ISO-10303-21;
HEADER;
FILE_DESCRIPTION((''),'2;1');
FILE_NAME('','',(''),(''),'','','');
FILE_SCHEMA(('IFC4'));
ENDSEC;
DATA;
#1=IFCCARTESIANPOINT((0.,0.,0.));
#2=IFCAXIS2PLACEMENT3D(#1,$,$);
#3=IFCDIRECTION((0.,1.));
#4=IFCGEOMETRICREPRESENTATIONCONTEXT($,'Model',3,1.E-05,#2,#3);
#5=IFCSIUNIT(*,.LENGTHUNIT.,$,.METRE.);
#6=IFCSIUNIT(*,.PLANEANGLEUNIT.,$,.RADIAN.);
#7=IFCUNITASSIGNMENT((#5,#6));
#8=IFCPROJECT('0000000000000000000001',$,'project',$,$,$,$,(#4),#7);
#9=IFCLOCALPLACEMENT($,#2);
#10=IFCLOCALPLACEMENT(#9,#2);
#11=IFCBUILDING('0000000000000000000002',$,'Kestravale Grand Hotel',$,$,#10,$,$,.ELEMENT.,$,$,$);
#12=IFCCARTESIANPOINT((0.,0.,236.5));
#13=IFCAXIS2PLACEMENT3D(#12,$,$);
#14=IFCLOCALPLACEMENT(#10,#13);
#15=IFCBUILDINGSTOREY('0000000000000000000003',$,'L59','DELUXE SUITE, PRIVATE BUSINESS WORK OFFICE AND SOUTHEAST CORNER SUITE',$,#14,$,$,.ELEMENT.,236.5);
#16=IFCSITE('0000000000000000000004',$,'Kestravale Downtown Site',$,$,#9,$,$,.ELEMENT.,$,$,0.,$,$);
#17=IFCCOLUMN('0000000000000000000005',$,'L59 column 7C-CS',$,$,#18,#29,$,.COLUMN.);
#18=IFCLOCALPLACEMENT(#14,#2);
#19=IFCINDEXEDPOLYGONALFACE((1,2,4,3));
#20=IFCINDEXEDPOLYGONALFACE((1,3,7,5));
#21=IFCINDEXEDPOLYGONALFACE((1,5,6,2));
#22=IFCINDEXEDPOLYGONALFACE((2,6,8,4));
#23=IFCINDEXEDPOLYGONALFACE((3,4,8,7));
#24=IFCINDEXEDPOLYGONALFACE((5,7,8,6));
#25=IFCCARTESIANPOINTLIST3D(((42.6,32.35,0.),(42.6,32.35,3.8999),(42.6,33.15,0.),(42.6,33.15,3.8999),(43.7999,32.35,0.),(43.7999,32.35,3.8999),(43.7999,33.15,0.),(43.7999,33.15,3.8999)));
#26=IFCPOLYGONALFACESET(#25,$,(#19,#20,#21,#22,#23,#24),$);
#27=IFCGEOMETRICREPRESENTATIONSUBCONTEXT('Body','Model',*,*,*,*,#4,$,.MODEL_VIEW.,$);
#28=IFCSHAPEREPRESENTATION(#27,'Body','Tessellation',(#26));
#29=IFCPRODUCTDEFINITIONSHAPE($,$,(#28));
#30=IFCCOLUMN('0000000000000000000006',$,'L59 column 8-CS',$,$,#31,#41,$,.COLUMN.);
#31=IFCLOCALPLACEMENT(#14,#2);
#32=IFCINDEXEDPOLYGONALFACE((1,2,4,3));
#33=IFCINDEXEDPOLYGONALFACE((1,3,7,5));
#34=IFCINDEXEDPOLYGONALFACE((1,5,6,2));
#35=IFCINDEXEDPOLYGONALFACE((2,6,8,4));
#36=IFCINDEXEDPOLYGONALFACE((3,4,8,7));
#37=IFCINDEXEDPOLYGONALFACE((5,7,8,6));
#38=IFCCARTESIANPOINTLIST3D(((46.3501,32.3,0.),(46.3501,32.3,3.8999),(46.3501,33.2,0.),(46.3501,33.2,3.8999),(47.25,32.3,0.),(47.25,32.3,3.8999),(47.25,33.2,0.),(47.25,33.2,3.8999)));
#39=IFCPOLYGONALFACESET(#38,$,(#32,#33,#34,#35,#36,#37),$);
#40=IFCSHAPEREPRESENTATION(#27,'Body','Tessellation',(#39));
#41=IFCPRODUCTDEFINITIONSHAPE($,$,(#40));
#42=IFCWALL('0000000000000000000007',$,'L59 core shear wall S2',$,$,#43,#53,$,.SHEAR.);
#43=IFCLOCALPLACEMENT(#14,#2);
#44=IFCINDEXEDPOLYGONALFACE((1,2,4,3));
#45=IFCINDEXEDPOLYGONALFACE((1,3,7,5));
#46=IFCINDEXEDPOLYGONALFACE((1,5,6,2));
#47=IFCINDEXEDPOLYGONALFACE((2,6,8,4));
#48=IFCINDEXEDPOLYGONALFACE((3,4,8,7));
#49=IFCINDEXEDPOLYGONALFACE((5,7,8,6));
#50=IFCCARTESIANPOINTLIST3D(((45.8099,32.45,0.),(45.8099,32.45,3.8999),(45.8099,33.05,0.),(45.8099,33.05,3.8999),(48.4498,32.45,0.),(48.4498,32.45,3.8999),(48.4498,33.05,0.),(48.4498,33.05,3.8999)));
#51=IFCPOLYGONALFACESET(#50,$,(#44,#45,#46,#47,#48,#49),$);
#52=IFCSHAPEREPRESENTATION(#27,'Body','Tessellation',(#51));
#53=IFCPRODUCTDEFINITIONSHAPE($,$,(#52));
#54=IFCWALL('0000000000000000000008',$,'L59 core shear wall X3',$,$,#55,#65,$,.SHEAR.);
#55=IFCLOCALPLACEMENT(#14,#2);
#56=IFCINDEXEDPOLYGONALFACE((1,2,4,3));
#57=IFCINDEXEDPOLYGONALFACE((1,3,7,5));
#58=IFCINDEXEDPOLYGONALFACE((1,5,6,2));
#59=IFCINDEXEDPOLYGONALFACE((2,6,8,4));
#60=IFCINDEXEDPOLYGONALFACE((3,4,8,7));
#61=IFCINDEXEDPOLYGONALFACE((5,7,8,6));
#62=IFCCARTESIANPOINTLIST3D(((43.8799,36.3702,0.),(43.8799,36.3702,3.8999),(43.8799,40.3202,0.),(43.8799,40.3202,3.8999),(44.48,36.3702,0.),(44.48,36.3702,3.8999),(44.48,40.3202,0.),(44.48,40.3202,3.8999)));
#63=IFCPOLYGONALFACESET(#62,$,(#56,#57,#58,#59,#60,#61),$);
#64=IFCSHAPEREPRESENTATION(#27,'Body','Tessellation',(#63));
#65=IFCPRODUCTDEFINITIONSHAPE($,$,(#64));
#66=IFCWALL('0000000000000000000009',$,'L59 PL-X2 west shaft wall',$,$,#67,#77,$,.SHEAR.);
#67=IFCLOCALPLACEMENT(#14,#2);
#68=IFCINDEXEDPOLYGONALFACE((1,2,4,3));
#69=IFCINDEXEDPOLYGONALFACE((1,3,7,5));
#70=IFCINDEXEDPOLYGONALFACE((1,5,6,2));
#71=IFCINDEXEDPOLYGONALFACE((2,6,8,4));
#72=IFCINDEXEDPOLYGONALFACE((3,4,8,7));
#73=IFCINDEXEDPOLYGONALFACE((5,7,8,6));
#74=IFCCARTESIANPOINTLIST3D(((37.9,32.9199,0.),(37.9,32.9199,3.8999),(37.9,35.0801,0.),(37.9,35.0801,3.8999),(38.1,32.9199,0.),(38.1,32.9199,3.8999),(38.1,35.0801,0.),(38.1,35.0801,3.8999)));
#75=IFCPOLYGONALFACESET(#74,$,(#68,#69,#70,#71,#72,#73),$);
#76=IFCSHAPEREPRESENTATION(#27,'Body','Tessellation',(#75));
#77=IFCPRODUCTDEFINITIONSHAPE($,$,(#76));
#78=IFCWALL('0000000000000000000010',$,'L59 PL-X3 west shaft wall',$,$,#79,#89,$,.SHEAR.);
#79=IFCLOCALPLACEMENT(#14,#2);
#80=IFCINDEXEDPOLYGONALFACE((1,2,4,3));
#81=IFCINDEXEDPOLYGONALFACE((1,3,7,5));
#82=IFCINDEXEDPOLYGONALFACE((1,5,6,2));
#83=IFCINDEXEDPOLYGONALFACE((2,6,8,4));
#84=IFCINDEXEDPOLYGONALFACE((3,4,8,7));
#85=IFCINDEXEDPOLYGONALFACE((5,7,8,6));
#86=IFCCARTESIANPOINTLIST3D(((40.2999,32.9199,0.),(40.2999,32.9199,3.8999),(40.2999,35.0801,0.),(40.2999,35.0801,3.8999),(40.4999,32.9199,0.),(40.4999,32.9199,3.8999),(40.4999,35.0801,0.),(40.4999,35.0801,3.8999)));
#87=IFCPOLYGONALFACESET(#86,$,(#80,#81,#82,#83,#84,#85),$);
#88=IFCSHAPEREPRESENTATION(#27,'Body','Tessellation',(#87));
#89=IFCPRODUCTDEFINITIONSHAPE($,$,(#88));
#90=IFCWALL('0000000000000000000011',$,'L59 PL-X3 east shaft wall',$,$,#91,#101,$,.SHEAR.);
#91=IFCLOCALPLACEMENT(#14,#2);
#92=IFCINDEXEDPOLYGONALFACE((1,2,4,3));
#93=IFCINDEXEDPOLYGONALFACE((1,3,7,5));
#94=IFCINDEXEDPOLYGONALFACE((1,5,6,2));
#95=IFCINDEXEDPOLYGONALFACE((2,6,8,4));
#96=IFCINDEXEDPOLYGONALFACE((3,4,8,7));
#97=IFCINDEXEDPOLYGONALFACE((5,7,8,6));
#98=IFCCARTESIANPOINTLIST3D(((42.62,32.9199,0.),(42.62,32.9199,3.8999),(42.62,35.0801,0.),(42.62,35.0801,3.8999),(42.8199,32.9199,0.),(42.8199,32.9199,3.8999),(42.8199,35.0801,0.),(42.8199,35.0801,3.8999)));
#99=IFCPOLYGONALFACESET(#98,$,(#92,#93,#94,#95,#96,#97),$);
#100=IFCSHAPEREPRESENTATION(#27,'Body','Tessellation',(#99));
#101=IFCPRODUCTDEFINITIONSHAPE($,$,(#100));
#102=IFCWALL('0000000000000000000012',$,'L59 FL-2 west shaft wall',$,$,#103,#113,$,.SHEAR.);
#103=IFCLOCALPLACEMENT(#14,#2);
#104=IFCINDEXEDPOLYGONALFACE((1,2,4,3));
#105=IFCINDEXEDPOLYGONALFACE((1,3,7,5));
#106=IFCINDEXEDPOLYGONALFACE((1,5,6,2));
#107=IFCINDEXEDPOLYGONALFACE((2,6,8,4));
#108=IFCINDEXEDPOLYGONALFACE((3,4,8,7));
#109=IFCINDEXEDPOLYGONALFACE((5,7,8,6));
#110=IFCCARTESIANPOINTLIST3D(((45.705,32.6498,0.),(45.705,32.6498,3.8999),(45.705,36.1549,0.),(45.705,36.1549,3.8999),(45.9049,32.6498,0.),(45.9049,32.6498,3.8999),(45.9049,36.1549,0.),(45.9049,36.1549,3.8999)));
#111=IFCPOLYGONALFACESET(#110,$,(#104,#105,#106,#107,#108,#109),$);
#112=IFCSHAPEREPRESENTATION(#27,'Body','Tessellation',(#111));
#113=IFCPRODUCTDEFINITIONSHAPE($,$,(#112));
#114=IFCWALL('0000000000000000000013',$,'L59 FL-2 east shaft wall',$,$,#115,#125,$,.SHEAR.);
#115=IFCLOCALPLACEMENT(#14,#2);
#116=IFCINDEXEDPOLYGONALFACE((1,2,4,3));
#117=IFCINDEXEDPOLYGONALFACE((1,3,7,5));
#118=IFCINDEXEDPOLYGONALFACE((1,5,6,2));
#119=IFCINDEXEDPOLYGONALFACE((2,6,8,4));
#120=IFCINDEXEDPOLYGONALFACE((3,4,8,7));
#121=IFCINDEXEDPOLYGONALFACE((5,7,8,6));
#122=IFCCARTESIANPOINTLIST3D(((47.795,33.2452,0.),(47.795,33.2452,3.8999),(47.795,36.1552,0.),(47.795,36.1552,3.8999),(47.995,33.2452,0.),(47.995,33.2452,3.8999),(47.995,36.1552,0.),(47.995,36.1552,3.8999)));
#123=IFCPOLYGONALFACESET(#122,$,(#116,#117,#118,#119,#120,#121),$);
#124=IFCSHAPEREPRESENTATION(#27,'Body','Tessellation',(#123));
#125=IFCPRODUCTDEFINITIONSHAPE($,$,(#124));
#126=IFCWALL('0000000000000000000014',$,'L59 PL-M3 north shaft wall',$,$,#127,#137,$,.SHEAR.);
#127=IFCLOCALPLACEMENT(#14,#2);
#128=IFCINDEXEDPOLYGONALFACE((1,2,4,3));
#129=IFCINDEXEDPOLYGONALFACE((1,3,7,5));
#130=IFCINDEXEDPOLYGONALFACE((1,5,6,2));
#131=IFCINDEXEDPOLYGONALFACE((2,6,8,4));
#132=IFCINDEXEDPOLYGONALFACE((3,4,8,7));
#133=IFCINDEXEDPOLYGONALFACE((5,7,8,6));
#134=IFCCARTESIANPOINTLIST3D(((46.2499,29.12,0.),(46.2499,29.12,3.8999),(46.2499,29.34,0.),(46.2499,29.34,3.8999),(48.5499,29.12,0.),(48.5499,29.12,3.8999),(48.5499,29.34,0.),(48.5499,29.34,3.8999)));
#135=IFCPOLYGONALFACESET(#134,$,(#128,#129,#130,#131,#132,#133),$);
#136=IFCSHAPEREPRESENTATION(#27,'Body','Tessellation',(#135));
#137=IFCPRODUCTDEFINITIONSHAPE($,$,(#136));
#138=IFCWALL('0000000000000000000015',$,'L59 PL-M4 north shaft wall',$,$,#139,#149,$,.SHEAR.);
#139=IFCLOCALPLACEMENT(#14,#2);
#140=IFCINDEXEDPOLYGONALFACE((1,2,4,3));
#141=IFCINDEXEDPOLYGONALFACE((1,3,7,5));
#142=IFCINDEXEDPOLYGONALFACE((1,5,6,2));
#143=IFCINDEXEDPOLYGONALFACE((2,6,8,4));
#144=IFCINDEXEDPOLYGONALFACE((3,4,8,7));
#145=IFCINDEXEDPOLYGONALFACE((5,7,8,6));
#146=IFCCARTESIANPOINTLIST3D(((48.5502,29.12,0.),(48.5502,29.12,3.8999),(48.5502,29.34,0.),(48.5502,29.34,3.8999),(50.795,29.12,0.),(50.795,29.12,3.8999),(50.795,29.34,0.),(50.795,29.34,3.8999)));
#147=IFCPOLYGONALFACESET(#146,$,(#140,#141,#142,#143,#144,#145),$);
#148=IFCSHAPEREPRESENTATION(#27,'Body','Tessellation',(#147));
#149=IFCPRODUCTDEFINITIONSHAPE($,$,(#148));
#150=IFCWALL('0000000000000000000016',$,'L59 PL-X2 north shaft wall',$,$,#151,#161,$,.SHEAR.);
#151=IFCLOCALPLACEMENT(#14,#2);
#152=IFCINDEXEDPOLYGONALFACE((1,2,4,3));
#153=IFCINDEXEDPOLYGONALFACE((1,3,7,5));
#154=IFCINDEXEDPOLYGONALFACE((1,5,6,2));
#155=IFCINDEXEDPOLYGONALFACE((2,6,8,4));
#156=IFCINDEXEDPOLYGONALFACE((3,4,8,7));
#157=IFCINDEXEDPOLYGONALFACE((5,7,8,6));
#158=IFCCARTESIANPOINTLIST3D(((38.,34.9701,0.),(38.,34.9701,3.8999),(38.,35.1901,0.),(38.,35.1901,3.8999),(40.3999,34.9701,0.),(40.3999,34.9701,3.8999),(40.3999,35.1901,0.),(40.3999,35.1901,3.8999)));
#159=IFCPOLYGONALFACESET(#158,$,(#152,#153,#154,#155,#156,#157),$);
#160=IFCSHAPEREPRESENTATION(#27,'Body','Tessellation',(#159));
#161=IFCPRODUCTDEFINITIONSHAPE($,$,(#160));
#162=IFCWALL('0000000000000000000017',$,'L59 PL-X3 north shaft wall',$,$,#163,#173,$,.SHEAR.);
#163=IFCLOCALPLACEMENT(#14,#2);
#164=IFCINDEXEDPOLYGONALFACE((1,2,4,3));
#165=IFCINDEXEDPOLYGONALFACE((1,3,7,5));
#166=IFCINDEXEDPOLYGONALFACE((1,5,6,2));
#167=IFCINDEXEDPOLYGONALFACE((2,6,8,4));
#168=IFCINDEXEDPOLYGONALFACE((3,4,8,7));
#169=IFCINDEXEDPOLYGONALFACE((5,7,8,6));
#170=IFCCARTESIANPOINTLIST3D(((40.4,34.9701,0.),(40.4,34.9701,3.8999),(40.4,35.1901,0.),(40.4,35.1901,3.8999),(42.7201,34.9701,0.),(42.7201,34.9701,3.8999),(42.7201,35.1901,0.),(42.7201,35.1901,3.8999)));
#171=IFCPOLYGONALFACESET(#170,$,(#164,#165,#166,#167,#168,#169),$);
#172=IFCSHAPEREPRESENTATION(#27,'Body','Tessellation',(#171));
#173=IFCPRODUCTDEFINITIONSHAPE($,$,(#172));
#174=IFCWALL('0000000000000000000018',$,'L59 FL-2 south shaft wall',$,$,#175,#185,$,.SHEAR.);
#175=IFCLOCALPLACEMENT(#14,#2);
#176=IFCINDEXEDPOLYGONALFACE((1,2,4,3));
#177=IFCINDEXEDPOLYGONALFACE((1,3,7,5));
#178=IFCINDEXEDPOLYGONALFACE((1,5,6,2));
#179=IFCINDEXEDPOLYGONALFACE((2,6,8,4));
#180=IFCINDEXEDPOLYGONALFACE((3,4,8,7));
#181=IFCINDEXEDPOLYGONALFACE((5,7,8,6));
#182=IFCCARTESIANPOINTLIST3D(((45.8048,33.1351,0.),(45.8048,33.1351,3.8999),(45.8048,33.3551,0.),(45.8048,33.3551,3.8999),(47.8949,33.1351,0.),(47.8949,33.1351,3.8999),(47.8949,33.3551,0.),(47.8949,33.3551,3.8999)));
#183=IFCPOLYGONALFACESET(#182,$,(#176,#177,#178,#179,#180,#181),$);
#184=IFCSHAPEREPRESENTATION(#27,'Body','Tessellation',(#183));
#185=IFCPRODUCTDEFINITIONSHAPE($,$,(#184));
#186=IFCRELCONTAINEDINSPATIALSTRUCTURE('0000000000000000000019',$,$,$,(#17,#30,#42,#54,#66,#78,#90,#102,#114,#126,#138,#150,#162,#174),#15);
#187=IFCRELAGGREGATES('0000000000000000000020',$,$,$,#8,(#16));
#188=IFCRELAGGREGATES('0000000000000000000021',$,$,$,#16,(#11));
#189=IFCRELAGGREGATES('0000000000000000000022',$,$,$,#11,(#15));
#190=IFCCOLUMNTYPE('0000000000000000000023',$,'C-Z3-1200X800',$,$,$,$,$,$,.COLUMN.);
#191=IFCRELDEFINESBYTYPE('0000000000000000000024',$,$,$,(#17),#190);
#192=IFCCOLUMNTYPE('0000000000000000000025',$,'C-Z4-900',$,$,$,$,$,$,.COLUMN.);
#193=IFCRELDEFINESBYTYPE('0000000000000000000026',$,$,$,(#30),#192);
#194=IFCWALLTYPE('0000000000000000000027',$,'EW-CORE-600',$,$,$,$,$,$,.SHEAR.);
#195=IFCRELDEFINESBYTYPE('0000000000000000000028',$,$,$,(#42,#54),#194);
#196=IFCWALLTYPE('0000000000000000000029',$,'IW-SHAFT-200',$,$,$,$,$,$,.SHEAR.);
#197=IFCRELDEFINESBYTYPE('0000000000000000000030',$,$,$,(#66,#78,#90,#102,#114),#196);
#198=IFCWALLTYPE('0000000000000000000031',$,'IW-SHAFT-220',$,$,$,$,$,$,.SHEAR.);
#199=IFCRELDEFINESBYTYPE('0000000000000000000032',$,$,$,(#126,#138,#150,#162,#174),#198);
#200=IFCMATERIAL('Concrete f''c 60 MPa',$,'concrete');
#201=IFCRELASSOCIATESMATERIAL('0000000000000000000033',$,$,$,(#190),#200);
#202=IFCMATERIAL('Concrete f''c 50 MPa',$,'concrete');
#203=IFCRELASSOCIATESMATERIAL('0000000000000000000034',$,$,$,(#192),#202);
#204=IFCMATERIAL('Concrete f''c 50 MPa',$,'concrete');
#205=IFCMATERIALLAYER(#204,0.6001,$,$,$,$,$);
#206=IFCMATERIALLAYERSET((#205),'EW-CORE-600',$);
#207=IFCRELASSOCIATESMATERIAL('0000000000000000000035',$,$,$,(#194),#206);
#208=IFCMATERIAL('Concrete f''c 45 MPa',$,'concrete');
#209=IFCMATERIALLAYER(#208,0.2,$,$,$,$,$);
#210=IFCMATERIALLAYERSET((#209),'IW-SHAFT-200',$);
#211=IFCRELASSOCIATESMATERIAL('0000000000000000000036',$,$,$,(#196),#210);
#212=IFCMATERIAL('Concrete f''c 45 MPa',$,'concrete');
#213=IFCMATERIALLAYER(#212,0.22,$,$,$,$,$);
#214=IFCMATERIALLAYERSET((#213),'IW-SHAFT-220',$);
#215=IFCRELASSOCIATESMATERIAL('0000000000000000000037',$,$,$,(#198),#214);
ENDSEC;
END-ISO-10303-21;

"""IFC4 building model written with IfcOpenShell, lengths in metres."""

from ifc_helpers import new_model, si_unit, direction, frame, frame_2d, origin, origin_2d, place, context, subcontext, project, spatial, rectangle, extrude, material, layer, layer_set, material_profile, profile_set, type_object, element, save


model = new_model("IFC4")

# Units and contexts
model_context = context("Model", 3, precision=1e-05, world=origin(), true_north=direction((0.0, 1.0)))
body_context = subcontext(model_context, "Body", "Model", "MODEL_VIEW")
ifc_project = project(units=[si_unit("LENGTHUNIT", "METRE"), si_unit("PLANEANGLEUNIT", "RADIAN")], contexts=[model_context])

# Site, building, storey
site_placement = place(None, origin())
site = spatial("IfcSite", under=ifc_project, at=site_placement, Name="Kestravale Downtown Site", CompositionType="ELEMENT", RefElevation=0.0)
building_placement = place(site_placement, origin())
building = spatial("IfcBuilding", under=site, at=building_placement, Name="Kestravale Grand Hotel", CompositionType="ELEMENT")
storey_placement = place(building_placement, frame((0.0, 0.0, 236.5)))
storey = spatial("IfcBuildingStorey", under=building, at=storey_placement, Name="L59", Description="DELUXE SUITE, PRIVATE BUSINESS WORK OFFICE AND SOUTHEAST CORNER SUITE", CompositionType="ELEMENT", Elevation=236.5)

# Columns
ifc_material_1 = material(Name="Concrete f'c 60 MPa", Category="concrete")
ifc_material_profile_1 = material_profile(ifc_material_1, rectangle(XDim=1.2, YDim=0.8, at=origin_2d()))
ifc_profile_set_1 = profile_set([ifc_material_profile_1], Name="Concrete f'c 60 MPa")
column_type_1 = type_object("IfcColumnType", Name="C-Z3-1200X800", PredefinedType="COLUMN", material=ifc_profile_set_1)
column_1_placement = place(storey_placement, frame((43.2, 32.75, 0.0), z_axis=(0.0, 0.0, 1.0), x_axis=(1.0, 0.0, 0.0)))
element("IfcColumn", 1, at=column_1_placement, inside=storey, type_object=column_type_1, Name="L59 column 7C-CS", PredefinedType="COLUMN", context=body_context, shape_type="SweptSolid", body=[
    extrude(rectangle(XDim=1.2, YDim=0.8, at=origin_2d()), origin(), (0.0, 0.0, 1.0), 3.8999),
])
ifc_material_2 = material(Name="Concrete f'c 50 MPa", Category="concrete")
ifc_material_profile_2 = material_profile(ifc_material_2, rectangle(XDim=0.8999, YDim=0.8999, at=origin_2d()))
ifc_profile_set_2 = profile_set([ifc_material_profile_2], Name="Concrete f'c 50 MPa")
column_type_2 = type_object("IfcColumnType", Name="C-Z4-900", PredefinedType="COLUMN", material=ifc_profile_set_2)
column_2_placement = place(storey_placement, frame((46.8, 32.75, 0.0), z_axis=(0.0, 0.0, 1.0), x_axis=(1.0, 0.0, 0.0)))
element("IfcColumn", 2, at=column_2_placement, inside=storey, type_object=column_type_2, Name="L59 column 8-CS", PredefinedType="COLUMN", context=body_context, shape_type="SweptSolid", body=[
    extrude(rectangle(XDim=0.8999, YDim=0.8999, at=origin_2d()), origin(), (0.0, 0.0, 1.0), 3.8999),
])

# Walls
ifc_material_3 = material(Name="Concrete f'c 50 MPa", Category="concrete")
ifc_layer_1 = layer(ifc_material_3, 0.6001)
ifc_layer_set_1 = layer_set([ifc_layer_1], Name="EW-CORE-600")
wall_type_1 = type_object("IfcWallType", Name="EW-CORE-600", PredefinedType="SHEAR", material=ifc_layer_set_1)
wall_1_placement = place(storey_placement, frame((45.8101, 32.75, 0.0), z_axis=(0.0, 0.0, 1.0), x_axis=(1.0, 0.0, 0.0)))
element("IfcWall", 3, at=wall_1_placement, inside=storey, type_object=wall_type_1, Name="L59 core shear wall S2", PredefinedType="SHEAR", context=body_context, shape_type="SweptSolid", body=[
    extrude(rectangle(XDim=2.6399, YDim=0.6001, at=frame_2d((1.3198, 0.0))), origin(), (0.0, 0.0, 1.0), 3.8999),
])
wall_2_placement = place(storey_placement, frame((44.1799, 36.3701, 0.0), z_axis=(0.0, 0.0, 1.0), x_axis=(0.0, 1.0, 0.0)))
element("IfcWall", 4, at=wall_2_placement, inside=storey, type_object=wall_type_1, Name="L59 core shear wall X3", PredefinedType="SHEAR", context=body_context, shape_type="SweptSolid", body=[
    extrude(rectangle(XDim=3.95, YDim=0.6001, at=frame_2d((1.9751, 0.0))), origin(), (0.0, 0.0, 1.0), 3.8999),
])

# Walls
ifc_material_4 = material(Name="Concrete f'c 45 MPa", Category="concrete")
ifc_layer_2 = layer(ifc_material_4, 0.2)
ifc_layer_set_2 = layer_set([ifc_layer_2], Name="IW-SHAFT-200")
wall_type_2 = type_object("IfcWallType", Name="IW-SHAFT-200", PredefinedType="SHEAR", material=ifc_layer_set_2)
for number, where, z_axis, x_axis, name in (
    (5, (38.0, 32.9199, 0.0), (0.0, 0.0, 1.0), (0.0, 1.0, 0.0), "L59 PL-X2 west shaft wall"),
    (6, (40.3999, 32.9199, 0.0), (0.0, 0.0, 1.0), (0.0, 1.0, 0.0), "L59 PL-X3 west shaft wall"),
    (7, (42.72, 32.9199, 0.0), (0.0, 0.0, 1.0), (0.0, 1.0, 0.0), "L59 PL-X3 east shaft wall"),
):
    element("IfcWall", number, at=place(storey_placement, frame(where, z_axis=z_axis, x_axis=x_axis)), inside=storey, type_object=wall_type_2, Name=name, PredefinedType="SHEAR", context=body_context, shape_type="SweptSolid", body=[
        extrude(rectangle(XDim=2.1602, YDim=0.2, at=frame_2d((1.0801, 0.0))), origin(), (0.0, 0.0, 1.0), 3.8999),
    ])
wall_3_placement = place(storey_placement, frame((45.8049, 32.6499, 0.0), z_axis=(0.0, 0.0, 1.0), x_axis=(0.0, 1.0, 0.0)))
element("IfcWall", 8, at=wall_3_placement, inside=storey, type_object=wall_type_2, Name="L59 FL-2 west shaft wall", PredefinedType="SHEAR", context=body_context, shape_type="SweptSolid", body=[
    extrude(rectangle(XDim=3.5051, YDim=0.2, at=frame_2d((1.7524, 0.0))), origin(), (0.0, 0.0, 1.0), 3.8999),
])
wall_4_placement = place(storey_placement, frame((47.895, 33.2451, 0.0), z_axis=(0.0, 0.0, 1.0), x_axis=(0.0, 1.0, 0.0)))
element("IfcWall", 9, at=wall_4_placement, inside=storey, type_object=wall_type_2, Name="L59 FL-2 east shaft wall", PredefinedType="SHEAR", context=body_context, shape_type="SweptSolid", body=[
    extrude(rectangle(XDim=2.9099, YDim=0.2, at=frame_2d((1.4551, 0.0))), origin(), (0.0, 0.0, 1.0), 3.8999),
])
ifc_material_5 = material(Name="Concrete f'c 45 MPa", Category="concrete")
ifc_layer_3 = layer(ifc_material_5, 0.22)
ifc_layer_set_3 = layer_set([ifc_layer_3], Name="IW-SHAFT-220")
wall_type_3 = type_object("IfcWallType", Name="IW-SHAFT-220", PredefinedType="SHEAR", material=ifc_layer_set_3)
wall_5_placement = place(storey_placement, frame((46.25, 29.23, 0.0), z_axis=(0.0, 0.0, 1.0), x_axis=(1.0, 0.0, 0.0)))
element("IfcWall", 10, at=wall_5_placement, inside=storey, type_object=wall_type_3, Name="L59 PL-M3 north shaft wall", PredefinedType="SHEAR", context=body_context, shape_type="SweptSolid", body=[
    extrude(rectangle(XDim=2.3, YDim=0.22, at=frame_2d((1.1499, 0.0))), origin(), (0.0, 0.0, 1.0), 3.8999),
])
wall_6_placement = place(storey_placement, frame((48.55, 29.23, 0.0), z_axis=(0.0, 0.0, 1.0), x_axis=(1.0, 0.0, 0.0)))
element("IfcWall", 11, at=wall_6_placement, inside=storey, type_object=wall_type_3, Name="L59 PL-M4 north shaft wall", PredefinedType="SHEAR", context=body_context, shape_type="SweptSolid", body=[
    extrude(rectangle(XDim=2.2449, YDim=0.22, at=frame_2d((1.1226, 0.0))), origin(), (0.0, 0.0, 1.0), 3.8999),
])
wall_7_placement = place(storey_placement, frame((38.0, 35.0801, 0.0), z_axis=(0.0, 0.0, 1.0), x_axis=(1.0, 0.0, 0.0)))
element("IfcWall", 12, at=wall_7_placement, inside=storey, type_object=wall_type_3, Name="L59 PL-X2 north shaft wall", PredefinedType="SHEAR", context=body_context, shape_type="SweptSolid", body=[
    extrude(rectangle(XDim=2.3999, YDim=0.22, at=frame_2d((1.2, 0.0))), origin(), (0.0, 0.0, 1.0), 3.8999),
])

# Wall
wall_8_placement = place(storey_placement, frame((40.3999, 35.0801, 0.0), z_axis=(0.0, 0.0, 1.0), x_axis=(1.0, 0.0, 0.0)))
element("IfcWall", 13, at=wall_8_placement, inside=storey, type_object=wall_type_3, Name="L59 PL-X3 north shaft wall", PredefinedType="SHEAR", context=body_context, shape_type="SweptSolid", body=[
    extrude(rectangle(XDim=2.3201, YDim=0.22, at=frame_2d((1.1602, 0.0))), origin(), (0.0, 0.0, 1.0), 3.8999),
])

# Wall
wall_9_placement = place(storey_placement, frame((45.8049, 33.2451, 0.0), z_axis=(0.0, 0.0, 1.0), x_axis=(1.0, 0.0, 0.0)))
element("IfcWall", 14, at=wall_9_placement, inside=storey, type_object=wall_type_3, Name="L59 FL-2 south shaft wall", PredefinedType="SHEAR", context=body_context, shape_type="SweptSolid", body=[
    extrude(rectangle(XDim=2.0901, YDim=0.22, at=frame_2d((1.0449, 0.0))), origin(), (0.0, 0.0, 1.0), 3.8999),
])

save(model, "model.ifc")
